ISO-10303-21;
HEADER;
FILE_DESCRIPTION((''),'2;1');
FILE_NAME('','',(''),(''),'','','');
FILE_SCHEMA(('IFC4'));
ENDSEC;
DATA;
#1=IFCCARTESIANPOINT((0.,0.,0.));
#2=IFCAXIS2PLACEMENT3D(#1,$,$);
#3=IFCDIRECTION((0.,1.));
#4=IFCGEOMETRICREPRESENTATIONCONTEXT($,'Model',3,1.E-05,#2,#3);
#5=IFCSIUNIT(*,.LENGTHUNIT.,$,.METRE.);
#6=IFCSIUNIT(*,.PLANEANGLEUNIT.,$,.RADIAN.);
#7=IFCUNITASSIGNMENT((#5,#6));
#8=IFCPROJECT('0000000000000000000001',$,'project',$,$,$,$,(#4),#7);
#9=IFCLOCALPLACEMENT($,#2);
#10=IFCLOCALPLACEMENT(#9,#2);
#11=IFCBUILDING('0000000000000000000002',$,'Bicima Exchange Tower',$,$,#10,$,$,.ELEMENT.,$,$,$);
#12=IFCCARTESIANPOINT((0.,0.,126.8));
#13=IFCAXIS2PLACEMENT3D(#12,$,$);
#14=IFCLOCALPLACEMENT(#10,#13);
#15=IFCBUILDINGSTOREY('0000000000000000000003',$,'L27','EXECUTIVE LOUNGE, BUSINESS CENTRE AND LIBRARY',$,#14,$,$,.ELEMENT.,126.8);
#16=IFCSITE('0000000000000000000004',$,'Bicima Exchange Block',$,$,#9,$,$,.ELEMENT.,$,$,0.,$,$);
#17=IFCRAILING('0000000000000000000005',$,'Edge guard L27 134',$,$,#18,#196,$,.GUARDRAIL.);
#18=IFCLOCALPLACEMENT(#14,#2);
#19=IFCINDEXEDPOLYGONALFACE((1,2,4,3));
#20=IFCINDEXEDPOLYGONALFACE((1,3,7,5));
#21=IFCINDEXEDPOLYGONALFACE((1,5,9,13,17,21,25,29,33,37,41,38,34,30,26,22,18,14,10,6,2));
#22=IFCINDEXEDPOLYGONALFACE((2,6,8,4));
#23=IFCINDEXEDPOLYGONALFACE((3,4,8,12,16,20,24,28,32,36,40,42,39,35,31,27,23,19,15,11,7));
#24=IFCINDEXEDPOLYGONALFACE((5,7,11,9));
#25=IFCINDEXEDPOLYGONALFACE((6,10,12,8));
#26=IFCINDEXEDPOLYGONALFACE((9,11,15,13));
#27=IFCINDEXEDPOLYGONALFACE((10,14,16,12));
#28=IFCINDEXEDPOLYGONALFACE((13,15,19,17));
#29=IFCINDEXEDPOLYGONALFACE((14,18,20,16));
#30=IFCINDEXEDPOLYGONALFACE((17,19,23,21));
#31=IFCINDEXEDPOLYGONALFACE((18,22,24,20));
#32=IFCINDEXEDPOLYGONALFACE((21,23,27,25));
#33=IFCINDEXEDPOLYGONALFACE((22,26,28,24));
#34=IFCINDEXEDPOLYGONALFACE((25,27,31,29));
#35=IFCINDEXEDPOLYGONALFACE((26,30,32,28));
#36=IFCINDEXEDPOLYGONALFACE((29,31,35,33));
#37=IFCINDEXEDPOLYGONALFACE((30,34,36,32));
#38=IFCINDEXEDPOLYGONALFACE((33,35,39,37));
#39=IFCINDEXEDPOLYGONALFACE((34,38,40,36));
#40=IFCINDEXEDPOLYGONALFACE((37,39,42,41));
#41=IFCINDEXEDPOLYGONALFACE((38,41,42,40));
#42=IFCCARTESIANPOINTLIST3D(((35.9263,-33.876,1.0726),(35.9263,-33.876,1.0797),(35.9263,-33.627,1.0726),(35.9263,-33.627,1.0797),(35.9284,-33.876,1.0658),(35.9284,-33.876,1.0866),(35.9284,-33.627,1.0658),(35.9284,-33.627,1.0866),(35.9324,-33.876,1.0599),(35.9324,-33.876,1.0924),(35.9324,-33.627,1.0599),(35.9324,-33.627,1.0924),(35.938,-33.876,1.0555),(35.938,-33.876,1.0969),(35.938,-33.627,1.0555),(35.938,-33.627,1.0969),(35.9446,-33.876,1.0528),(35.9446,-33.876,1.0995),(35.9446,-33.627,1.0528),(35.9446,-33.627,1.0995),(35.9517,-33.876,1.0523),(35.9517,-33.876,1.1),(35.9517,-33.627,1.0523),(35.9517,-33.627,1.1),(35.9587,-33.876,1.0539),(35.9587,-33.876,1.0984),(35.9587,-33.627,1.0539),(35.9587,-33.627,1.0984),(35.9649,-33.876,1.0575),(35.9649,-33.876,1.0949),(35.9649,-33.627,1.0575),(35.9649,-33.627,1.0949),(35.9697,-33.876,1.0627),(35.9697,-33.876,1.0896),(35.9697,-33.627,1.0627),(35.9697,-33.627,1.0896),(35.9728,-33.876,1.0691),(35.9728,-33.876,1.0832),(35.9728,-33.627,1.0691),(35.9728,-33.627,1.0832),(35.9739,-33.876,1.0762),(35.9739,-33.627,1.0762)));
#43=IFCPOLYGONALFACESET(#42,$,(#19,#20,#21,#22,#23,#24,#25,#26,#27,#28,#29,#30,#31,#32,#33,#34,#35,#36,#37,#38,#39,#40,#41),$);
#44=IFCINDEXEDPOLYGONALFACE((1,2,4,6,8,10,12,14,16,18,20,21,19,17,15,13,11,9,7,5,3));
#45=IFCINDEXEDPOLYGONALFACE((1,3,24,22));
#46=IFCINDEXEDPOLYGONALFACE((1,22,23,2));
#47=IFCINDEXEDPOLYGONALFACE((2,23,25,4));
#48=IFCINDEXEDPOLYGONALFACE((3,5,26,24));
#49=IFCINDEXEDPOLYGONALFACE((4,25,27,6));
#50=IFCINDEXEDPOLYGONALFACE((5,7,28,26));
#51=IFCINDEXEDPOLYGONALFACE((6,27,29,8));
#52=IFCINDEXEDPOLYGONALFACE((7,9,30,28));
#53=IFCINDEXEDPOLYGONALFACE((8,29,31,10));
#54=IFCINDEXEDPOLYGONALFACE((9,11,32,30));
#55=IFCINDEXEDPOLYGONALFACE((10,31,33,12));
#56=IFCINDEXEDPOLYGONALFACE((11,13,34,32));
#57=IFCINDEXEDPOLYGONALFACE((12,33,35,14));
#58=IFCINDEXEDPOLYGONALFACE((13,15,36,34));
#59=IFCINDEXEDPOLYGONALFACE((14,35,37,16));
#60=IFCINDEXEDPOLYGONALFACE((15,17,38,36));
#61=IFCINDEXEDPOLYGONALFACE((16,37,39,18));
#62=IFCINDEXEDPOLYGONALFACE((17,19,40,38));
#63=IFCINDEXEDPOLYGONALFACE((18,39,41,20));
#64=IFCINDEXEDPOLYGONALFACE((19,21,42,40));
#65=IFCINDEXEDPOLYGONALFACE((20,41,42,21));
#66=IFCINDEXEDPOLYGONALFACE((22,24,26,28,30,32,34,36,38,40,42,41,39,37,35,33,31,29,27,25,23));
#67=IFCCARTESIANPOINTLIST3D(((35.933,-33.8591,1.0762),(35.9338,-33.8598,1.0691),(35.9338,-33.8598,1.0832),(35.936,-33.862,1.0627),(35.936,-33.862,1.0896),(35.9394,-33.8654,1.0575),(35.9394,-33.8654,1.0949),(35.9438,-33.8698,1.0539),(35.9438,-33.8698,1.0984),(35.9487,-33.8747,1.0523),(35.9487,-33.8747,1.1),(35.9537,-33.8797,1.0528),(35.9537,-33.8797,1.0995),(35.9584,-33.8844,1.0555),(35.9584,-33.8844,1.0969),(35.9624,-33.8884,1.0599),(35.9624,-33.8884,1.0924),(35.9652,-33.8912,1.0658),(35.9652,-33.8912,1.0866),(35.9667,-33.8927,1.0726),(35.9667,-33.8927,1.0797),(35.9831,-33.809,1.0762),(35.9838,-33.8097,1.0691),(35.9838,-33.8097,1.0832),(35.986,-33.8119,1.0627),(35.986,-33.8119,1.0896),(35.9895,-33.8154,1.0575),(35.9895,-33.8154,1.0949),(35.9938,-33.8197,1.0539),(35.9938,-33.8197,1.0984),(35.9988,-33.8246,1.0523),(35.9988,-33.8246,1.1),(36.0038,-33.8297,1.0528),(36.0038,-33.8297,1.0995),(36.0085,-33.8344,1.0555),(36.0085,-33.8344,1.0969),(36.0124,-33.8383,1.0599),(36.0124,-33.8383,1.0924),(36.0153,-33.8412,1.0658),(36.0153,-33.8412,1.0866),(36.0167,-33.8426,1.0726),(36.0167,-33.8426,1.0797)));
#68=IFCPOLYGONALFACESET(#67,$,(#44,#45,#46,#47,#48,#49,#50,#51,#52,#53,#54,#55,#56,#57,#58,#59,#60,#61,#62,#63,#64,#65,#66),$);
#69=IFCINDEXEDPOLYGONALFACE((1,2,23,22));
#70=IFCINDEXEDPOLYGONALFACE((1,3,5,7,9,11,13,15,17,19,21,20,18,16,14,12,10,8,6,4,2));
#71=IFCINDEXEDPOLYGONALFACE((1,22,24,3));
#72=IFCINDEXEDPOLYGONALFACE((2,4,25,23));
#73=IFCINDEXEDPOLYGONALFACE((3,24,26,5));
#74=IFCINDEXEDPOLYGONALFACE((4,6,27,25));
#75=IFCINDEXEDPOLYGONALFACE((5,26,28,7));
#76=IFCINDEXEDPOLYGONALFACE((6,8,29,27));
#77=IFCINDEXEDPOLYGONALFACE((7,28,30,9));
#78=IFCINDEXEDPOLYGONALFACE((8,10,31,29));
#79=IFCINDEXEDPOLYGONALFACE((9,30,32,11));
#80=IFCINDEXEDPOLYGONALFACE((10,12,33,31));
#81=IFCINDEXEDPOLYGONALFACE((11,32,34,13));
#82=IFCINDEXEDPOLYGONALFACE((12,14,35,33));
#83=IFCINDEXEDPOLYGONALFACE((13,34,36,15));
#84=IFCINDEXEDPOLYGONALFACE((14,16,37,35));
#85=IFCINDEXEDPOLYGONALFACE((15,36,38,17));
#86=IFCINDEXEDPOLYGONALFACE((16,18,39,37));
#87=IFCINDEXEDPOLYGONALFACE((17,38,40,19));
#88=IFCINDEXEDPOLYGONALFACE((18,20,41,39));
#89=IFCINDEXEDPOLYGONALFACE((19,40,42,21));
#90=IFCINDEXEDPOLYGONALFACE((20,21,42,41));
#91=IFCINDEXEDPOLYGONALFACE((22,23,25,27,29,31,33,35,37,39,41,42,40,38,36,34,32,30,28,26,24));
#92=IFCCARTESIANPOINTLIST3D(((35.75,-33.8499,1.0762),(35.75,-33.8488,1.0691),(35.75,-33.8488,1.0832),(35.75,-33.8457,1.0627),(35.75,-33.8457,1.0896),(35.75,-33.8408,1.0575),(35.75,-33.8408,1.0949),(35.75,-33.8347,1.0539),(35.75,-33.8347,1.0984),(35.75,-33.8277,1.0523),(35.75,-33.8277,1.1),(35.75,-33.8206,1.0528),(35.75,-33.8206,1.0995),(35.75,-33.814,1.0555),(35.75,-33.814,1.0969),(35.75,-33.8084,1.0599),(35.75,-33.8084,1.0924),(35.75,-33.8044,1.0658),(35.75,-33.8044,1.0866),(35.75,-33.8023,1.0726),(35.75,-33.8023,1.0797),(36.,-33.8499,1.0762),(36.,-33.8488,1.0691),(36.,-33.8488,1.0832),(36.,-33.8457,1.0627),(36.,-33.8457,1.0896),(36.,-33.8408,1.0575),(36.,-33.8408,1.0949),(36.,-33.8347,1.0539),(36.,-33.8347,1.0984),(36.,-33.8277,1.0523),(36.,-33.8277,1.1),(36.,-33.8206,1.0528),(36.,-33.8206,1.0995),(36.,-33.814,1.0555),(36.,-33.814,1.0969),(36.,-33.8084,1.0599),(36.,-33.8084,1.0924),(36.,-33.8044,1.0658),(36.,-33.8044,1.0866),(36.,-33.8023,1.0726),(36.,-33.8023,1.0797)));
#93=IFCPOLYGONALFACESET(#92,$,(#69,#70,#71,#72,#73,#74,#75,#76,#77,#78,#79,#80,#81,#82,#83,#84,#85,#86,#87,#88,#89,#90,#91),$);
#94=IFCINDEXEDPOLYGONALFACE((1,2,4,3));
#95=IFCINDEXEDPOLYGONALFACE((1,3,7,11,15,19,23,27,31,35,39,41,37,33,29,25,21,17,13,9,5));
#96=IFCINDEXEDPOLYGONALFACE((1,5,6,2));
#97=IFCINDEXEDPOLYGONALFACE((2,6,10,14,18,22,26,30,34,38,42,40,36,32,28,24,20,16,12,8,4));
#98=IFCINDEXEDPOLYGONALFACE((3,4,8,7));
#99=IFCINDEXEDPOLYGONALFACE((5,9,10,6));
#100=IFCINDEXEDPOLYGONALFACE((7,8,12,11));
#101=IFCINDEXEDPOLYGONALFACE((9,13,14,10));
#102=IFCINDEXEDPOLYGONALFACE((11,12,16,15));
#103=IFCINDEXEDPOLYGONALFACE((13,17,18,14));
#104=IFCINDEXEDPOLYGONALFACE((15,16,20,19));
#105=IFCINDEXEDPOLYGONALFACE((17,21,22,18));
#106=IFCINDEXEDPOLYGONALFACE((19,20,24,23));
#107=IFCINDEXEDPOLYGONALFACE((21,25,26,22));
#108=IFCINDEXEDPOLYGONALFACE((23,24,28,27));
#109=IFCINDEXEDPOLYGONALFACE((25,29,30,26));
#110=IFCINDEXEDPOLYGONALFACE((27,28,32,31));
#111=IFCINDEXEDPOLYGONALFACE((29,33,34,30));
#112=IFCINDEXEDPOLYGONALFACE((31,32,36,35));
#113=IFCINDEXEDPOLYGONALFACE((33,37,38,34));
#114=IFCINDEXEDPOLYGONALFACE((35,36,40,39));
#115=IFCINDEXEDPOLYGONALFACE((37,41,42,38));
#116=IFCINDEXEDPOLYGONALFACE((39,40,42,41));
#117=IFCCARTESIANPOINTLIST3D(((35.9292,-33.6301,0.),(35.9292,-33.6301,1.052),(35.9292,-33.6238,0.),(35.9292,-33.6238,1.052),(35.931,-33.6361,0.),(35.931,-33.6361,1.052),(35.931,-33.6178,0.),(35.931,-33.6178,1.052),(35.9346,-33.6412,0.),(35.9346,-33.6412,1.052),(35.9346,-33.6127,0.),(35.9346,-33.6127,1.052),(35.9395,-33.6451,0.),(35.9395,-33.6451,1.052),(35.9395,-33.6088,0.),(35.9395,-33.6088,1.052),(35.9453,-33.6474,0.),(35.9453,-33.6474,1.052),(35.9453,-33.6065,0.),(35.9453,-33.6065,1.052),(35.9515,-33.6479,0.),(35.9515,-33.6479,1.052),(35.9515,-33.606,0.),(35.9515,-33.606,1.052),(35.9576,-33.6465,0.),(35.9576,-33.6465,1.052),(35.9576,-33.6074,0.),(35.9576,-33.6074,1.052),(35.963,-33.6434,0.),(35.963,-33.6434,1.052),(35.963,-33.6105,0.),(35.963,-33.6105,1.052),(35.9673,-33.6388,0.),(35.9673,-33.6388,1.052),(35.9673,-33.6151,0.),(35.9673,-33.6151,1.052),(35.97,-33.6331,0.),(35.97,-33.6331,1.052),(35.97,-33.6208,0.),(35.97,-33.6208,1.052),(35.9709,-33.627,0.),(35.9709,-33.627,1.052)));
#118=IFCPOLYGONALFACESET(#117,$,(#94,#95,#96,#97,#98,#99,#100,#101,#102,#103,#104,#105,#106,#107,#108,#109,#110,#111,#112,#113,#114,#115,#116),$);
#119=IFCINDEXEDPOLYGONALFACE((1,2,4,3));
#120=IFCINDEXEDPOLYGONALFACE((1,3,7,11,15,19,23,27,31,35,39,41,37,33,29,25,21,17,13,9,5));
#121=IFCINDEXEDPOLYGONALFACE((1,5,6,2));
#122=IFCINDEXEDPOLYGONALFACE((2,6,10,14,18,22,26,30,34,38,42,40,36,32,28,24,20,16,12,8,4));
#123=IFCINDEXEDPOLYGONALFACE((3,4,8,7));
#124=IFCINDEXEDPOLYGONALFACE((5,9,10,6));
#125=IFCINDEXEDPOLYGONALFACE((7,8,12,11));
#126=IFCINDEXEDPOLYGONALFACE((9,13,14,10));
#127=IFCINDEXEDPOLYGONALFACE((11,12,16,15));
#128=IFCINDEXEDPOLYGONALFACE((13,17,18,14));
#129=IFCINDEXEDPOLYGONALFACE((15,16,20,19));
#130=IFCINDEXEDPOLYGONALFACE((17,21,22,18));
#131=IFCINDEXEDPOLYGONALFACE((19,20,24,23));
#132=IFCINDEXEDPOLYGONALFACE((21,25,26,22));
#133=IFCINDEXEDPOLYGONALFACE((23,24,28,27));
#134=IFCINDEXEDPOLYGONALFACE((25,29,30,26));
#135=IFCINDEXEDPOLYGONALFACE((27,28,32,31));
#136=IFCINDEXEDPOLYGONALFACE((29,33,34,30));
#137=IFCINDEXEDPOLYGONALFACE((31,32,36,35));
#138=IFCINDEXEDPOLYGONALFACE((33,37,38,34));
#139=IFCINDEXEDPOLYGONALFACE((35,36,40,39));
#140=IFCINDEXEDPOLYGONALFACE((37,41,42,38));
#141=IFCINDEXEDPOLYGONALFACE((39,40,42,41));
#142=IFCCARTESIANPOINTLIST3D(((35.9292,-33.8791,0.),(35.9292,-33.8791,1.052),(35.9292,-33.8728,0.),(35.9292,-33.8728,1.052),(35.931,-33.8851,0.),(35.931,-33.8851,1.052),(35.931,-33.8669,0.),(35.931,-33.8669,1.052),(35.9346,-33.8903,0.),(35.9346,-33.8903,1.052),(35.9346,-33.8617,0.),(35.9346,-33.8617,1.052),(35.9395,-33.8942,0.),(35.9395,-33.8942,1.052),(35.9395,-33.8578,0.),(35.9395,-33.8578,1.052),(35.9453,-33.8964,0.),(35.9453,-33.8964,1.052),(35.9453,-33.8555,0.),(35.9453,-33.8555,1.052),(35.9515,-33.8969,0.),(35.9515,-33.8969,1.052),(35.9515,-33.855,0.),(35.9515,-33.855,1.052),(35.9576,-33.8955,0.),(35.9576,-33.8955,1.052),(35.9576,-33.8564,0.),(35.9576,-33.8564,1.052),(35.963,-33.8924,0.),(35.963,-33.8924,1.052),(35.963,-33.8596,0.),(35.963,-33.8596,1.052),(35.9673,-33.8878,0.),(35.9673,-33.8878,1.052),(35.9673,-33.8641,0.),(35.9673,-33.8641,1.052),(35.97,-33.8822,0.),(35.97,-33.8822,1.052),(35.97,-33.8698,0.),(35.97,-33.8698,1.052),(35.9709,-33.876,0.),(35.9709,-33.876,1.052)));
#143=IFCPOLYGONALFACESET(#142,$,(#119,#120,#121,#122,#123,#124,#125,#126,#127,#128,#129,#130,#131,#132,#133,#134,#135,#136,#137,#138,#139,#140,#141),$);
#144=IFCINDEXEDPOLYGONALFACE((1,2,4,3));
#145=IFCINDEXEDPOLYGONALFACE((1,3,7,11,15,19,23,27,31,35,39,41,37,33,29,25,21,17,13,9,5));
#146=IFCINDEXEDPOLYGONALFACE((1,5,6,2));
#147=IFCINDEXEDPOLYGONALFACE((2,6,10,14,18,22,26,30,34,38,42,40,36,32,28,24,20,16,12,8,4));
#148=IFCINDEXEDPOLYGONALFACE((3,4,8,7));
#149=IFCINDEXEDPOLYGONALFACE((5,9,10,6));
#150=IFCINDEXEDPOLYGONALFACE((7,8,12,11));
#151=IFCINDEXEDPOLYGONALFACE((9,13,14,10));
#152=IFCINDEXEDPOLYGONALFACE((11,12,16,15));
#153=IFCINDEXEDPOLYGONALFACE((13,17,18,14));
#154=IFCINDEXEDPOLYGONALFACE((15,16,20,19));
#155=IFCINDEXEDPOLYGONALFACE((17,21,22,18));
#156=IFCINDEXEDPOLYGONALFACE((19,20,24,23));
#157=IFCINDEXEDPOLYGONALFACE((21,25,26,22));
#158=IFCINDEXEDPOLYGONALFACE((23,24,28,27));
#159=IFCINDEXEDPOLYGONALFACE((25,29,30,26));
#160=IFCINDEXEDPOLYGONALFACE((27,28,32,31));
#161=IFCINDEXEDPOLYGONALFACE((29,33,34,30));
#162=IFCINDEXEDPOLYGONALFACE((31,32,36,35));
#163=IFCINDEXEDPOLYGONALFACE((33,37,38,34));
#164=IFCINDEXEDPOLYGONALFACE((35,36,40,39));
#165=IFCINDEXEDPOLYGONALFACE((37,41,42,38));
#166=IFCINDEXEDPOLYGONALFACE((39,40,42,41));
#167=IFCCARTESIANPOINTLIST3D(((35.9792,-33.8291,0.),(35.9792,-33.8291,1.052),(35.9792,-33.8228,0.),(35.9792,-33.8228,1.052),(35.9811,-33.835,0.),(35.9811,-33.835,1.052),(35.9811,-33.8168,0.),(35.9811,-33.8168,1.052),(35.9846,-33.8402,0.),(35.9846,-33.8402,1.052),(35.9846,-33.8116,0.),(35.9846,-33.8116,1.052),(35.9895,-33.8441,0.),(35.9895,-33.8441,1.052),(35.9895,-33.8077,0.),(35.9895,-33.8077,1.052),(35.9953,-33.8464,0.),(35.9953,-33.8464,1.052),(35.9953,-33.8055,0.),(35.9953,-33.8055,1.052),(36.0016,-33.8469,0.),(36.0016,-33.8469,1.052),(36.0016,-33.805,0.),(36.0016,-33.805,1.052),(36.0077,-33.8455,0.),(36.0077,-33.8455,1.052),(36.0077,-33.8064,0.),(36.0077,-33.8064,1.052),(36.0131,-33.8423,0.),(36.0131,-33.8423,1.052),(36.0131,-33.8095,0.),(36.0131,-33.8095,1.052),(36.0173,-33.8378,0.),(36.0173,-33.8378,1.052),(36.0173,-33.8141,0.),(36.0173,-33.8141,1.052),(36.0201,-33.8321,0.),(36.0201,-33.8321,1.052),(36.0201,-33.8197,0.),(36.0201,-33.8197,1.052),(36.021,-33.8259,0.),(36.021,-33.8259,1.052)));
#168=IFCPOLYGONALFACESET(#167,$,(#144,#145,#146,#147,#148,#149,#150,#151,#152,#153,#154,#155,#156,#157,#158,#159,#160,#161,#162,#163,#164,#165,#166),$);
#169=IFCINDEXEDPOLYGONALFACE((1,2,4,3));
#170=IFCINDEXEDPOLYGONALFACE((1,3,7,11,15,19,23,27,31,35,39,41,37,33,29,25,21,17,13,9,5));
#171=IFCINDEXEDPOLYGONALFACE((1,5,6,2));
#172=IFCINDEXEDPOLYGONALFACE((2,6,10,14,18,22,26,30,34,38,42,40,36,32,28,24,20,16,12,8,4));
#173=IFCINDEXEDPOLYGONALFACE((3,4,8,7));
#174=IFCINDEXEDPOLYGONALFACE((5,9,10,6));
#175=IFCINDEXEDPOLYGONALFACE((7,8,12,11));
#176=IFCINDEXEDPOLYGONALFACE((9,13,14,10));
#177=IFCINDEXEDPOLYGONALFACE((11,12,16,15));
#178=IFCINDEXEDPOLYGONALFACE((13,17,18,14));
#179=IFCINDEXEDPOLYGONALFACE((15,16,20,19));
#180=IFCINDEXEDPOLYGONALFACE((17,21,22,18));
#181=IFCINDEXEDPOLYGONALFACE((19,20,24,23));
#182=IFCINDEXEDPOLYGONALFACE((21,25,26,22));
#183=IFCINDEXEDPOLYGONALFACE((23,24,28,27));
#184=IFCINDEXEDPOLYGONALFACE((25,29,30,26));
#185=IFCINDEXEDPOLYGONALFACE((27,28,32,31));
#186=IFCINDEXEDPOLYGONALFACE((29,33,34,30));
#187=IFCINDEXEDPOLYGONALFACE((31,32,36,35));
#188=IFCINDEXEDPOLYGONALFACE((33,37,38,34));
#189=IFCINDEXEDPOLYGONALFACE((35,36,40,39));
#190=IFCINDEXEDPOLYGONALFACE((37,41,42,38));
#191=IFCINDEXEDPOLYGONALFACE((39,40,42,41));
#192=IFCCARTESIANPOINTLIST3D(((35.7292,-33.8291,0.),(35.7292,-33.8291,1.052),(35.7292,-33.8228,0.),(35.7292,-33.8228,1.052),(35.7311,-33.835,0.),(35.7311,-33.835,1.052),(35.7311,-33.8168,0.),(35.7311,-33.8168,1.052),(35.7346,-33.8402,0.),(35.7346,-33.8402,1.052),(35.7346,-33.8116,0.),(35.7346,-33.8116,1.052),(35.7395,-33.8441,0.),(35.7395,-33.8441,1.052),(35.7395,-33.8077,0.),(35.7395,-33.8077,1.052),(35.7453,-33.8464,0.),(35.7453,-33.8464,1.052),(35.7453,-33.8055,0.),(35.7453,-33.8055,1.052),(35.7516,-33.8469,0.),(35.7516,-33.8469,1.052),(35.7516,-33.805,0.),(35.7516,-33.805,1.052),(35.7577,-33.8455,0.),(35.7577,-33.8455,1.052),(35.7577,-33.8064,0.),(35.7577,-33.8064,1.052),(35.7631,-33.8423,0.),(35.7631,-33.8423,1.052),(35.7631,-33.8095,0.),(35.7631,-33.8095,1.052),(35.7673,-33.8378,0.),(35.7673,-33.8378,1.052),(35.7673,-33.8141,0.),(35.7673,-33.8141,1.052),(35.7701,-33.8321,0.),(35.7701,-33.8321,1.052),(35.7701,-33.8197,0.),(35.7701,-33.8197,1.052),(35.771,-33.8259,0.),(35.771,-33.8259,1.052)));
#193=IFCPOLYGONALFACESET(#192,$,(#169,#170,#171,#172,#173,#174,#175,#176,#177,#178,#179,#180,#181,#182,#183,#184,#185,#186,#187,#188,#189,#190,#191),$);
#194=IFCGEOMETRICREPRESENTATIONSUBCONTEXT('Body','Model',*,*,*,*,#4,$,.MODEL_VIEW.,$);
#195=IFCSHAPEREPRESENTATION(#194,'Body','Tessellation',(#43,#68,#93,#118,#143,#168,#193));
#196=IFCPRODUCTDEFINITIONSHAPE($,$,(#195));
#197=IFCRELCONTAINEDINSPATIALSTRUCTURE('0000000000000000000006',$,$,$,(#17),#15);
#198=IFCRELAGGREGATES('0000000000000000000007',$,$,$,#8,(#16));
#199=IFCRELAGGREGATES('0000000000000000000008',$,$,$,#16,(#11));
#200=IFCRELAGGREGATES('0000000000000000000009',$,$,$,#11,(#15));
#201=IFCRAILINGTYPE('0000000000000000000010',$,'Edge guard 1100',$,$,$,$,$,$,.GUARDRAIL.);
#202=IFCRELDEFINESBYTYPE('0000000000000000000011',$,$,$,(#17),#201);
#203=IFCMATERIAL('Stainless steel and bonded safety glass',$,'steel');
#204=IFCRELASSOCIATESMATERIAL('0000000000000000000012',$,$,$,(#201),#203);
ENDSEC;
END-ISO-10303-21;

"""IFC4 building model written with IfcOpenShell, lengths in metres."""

from ifc_helpers import new_model, si_unit, direction, frame, origin, origin_2d, place, context, subcontext, project, spatial, circle, extrude, material, type_object, element, save


model = new_model("IFC4")

# Units and contexts
model_context = context("Model", 3, precision=1e-05, world=origin(), true_north=direction((0.0, 1.0)))
body_context = subcontext(model_context, "Body", "Model", "MODEL_VIEW")
ifc_project = project(units=[si_unit("LENGTHUNIT", "METRE"), si_unit("PLANEANGLEUNIT", "RADIAN")], contexts=[model_context])

# Site, building, storey
site_placement = place(None, origin())
site = spatial("IfcSite", under=ifc_project, at=site_placement, Name="Bicima Exchange Block", CompositionType="ELEMENT", RefElevation=0.0)
building_placement = place(site_placement, origin())
building = spatial("IfcBuilding", under=site, at=building_placement, Name="Bicima Exchange Tower", CompositionType="ELEMENT")
storey_placement = place(building_placement, frame((0.0, 0.0, 126.8)))
storey = spatial("IfcBuildingStorey", under=building, at=storey_placement, Name="L27", Description="EXECUTIVE LOUNGE, BUSINESS CENTRE AND LIBRARY", CompositionType="ELEMENT", Elevation=126.8)

# Railing
ifc_material_1 = material(Name="Stainless steel and bonded safety glass", Category="steel")
railing_type = type_object("IfcRailingType", Name="Edge guard 1100", PredefinedType="GUARDRAIL", material=ifc_material_1)
railing_1_placement = place(storey_placement, frame((35.95, -33.627, 0.0)))
element("IfcRailing", 1, at=railing_1_placement, inside=storey, type_object=railing_type, Name="Edge guard L27 134", PredefinedType="GUARDRAIL", context=body_context, shape_type="SweptSolid", body=[
    extrude(circle(Radius=0.0239, at=origin_2d()), frame((0.0, 0.0, 1.0762), z_axis=(0.0, -1.0, 0.0), x_axis=(1.0, 0.0, 0.0)), (0.0, 0.0, 1.0), 0.249),
    extrude(circle(Radius=0.0239, at=origin_2d()), frame((0.0, -0.249, 1.0762), z_axis=(0.707107, 0.707107, 0.0), x_axis=(-0.707107, 0.707107, 0.0)), (0.0, 0.0, 1.0), 0.0708),
    extrude(circle(Radius=0.0239, at=origin_2d()), frame((0.05, -0.199, 1.0762), z_axis=(-1.0, 0.0, 0.0), x_axis=(0.0, -1.0, 0.0)), (0.0, 0.0, 1.0), 0.25),
    extrude(circle(Radius=0.021, at=origin_2d()), origin(), (0.0, 0.0, 1.0), 1.052),
    extrude(circle(Radius=0.021, at=origin_2d()), frame((0.0, -0.249, 0.0)), (0.0, 0.0, 1.0), 1.052),
    extrude(circle(Radius=0.021, at=origin_2d()), frame((0.05, -0.199, 0.0)), (0.0, 0.0, 1.0), 1.052),
    extrude(circle(Radius=0.021, at=origin_2d()), frame((-0.2, -0.199, 0.0)), (0.0, 0.0, 1.0), 1.052),
])

save(model, "model.ifc")
